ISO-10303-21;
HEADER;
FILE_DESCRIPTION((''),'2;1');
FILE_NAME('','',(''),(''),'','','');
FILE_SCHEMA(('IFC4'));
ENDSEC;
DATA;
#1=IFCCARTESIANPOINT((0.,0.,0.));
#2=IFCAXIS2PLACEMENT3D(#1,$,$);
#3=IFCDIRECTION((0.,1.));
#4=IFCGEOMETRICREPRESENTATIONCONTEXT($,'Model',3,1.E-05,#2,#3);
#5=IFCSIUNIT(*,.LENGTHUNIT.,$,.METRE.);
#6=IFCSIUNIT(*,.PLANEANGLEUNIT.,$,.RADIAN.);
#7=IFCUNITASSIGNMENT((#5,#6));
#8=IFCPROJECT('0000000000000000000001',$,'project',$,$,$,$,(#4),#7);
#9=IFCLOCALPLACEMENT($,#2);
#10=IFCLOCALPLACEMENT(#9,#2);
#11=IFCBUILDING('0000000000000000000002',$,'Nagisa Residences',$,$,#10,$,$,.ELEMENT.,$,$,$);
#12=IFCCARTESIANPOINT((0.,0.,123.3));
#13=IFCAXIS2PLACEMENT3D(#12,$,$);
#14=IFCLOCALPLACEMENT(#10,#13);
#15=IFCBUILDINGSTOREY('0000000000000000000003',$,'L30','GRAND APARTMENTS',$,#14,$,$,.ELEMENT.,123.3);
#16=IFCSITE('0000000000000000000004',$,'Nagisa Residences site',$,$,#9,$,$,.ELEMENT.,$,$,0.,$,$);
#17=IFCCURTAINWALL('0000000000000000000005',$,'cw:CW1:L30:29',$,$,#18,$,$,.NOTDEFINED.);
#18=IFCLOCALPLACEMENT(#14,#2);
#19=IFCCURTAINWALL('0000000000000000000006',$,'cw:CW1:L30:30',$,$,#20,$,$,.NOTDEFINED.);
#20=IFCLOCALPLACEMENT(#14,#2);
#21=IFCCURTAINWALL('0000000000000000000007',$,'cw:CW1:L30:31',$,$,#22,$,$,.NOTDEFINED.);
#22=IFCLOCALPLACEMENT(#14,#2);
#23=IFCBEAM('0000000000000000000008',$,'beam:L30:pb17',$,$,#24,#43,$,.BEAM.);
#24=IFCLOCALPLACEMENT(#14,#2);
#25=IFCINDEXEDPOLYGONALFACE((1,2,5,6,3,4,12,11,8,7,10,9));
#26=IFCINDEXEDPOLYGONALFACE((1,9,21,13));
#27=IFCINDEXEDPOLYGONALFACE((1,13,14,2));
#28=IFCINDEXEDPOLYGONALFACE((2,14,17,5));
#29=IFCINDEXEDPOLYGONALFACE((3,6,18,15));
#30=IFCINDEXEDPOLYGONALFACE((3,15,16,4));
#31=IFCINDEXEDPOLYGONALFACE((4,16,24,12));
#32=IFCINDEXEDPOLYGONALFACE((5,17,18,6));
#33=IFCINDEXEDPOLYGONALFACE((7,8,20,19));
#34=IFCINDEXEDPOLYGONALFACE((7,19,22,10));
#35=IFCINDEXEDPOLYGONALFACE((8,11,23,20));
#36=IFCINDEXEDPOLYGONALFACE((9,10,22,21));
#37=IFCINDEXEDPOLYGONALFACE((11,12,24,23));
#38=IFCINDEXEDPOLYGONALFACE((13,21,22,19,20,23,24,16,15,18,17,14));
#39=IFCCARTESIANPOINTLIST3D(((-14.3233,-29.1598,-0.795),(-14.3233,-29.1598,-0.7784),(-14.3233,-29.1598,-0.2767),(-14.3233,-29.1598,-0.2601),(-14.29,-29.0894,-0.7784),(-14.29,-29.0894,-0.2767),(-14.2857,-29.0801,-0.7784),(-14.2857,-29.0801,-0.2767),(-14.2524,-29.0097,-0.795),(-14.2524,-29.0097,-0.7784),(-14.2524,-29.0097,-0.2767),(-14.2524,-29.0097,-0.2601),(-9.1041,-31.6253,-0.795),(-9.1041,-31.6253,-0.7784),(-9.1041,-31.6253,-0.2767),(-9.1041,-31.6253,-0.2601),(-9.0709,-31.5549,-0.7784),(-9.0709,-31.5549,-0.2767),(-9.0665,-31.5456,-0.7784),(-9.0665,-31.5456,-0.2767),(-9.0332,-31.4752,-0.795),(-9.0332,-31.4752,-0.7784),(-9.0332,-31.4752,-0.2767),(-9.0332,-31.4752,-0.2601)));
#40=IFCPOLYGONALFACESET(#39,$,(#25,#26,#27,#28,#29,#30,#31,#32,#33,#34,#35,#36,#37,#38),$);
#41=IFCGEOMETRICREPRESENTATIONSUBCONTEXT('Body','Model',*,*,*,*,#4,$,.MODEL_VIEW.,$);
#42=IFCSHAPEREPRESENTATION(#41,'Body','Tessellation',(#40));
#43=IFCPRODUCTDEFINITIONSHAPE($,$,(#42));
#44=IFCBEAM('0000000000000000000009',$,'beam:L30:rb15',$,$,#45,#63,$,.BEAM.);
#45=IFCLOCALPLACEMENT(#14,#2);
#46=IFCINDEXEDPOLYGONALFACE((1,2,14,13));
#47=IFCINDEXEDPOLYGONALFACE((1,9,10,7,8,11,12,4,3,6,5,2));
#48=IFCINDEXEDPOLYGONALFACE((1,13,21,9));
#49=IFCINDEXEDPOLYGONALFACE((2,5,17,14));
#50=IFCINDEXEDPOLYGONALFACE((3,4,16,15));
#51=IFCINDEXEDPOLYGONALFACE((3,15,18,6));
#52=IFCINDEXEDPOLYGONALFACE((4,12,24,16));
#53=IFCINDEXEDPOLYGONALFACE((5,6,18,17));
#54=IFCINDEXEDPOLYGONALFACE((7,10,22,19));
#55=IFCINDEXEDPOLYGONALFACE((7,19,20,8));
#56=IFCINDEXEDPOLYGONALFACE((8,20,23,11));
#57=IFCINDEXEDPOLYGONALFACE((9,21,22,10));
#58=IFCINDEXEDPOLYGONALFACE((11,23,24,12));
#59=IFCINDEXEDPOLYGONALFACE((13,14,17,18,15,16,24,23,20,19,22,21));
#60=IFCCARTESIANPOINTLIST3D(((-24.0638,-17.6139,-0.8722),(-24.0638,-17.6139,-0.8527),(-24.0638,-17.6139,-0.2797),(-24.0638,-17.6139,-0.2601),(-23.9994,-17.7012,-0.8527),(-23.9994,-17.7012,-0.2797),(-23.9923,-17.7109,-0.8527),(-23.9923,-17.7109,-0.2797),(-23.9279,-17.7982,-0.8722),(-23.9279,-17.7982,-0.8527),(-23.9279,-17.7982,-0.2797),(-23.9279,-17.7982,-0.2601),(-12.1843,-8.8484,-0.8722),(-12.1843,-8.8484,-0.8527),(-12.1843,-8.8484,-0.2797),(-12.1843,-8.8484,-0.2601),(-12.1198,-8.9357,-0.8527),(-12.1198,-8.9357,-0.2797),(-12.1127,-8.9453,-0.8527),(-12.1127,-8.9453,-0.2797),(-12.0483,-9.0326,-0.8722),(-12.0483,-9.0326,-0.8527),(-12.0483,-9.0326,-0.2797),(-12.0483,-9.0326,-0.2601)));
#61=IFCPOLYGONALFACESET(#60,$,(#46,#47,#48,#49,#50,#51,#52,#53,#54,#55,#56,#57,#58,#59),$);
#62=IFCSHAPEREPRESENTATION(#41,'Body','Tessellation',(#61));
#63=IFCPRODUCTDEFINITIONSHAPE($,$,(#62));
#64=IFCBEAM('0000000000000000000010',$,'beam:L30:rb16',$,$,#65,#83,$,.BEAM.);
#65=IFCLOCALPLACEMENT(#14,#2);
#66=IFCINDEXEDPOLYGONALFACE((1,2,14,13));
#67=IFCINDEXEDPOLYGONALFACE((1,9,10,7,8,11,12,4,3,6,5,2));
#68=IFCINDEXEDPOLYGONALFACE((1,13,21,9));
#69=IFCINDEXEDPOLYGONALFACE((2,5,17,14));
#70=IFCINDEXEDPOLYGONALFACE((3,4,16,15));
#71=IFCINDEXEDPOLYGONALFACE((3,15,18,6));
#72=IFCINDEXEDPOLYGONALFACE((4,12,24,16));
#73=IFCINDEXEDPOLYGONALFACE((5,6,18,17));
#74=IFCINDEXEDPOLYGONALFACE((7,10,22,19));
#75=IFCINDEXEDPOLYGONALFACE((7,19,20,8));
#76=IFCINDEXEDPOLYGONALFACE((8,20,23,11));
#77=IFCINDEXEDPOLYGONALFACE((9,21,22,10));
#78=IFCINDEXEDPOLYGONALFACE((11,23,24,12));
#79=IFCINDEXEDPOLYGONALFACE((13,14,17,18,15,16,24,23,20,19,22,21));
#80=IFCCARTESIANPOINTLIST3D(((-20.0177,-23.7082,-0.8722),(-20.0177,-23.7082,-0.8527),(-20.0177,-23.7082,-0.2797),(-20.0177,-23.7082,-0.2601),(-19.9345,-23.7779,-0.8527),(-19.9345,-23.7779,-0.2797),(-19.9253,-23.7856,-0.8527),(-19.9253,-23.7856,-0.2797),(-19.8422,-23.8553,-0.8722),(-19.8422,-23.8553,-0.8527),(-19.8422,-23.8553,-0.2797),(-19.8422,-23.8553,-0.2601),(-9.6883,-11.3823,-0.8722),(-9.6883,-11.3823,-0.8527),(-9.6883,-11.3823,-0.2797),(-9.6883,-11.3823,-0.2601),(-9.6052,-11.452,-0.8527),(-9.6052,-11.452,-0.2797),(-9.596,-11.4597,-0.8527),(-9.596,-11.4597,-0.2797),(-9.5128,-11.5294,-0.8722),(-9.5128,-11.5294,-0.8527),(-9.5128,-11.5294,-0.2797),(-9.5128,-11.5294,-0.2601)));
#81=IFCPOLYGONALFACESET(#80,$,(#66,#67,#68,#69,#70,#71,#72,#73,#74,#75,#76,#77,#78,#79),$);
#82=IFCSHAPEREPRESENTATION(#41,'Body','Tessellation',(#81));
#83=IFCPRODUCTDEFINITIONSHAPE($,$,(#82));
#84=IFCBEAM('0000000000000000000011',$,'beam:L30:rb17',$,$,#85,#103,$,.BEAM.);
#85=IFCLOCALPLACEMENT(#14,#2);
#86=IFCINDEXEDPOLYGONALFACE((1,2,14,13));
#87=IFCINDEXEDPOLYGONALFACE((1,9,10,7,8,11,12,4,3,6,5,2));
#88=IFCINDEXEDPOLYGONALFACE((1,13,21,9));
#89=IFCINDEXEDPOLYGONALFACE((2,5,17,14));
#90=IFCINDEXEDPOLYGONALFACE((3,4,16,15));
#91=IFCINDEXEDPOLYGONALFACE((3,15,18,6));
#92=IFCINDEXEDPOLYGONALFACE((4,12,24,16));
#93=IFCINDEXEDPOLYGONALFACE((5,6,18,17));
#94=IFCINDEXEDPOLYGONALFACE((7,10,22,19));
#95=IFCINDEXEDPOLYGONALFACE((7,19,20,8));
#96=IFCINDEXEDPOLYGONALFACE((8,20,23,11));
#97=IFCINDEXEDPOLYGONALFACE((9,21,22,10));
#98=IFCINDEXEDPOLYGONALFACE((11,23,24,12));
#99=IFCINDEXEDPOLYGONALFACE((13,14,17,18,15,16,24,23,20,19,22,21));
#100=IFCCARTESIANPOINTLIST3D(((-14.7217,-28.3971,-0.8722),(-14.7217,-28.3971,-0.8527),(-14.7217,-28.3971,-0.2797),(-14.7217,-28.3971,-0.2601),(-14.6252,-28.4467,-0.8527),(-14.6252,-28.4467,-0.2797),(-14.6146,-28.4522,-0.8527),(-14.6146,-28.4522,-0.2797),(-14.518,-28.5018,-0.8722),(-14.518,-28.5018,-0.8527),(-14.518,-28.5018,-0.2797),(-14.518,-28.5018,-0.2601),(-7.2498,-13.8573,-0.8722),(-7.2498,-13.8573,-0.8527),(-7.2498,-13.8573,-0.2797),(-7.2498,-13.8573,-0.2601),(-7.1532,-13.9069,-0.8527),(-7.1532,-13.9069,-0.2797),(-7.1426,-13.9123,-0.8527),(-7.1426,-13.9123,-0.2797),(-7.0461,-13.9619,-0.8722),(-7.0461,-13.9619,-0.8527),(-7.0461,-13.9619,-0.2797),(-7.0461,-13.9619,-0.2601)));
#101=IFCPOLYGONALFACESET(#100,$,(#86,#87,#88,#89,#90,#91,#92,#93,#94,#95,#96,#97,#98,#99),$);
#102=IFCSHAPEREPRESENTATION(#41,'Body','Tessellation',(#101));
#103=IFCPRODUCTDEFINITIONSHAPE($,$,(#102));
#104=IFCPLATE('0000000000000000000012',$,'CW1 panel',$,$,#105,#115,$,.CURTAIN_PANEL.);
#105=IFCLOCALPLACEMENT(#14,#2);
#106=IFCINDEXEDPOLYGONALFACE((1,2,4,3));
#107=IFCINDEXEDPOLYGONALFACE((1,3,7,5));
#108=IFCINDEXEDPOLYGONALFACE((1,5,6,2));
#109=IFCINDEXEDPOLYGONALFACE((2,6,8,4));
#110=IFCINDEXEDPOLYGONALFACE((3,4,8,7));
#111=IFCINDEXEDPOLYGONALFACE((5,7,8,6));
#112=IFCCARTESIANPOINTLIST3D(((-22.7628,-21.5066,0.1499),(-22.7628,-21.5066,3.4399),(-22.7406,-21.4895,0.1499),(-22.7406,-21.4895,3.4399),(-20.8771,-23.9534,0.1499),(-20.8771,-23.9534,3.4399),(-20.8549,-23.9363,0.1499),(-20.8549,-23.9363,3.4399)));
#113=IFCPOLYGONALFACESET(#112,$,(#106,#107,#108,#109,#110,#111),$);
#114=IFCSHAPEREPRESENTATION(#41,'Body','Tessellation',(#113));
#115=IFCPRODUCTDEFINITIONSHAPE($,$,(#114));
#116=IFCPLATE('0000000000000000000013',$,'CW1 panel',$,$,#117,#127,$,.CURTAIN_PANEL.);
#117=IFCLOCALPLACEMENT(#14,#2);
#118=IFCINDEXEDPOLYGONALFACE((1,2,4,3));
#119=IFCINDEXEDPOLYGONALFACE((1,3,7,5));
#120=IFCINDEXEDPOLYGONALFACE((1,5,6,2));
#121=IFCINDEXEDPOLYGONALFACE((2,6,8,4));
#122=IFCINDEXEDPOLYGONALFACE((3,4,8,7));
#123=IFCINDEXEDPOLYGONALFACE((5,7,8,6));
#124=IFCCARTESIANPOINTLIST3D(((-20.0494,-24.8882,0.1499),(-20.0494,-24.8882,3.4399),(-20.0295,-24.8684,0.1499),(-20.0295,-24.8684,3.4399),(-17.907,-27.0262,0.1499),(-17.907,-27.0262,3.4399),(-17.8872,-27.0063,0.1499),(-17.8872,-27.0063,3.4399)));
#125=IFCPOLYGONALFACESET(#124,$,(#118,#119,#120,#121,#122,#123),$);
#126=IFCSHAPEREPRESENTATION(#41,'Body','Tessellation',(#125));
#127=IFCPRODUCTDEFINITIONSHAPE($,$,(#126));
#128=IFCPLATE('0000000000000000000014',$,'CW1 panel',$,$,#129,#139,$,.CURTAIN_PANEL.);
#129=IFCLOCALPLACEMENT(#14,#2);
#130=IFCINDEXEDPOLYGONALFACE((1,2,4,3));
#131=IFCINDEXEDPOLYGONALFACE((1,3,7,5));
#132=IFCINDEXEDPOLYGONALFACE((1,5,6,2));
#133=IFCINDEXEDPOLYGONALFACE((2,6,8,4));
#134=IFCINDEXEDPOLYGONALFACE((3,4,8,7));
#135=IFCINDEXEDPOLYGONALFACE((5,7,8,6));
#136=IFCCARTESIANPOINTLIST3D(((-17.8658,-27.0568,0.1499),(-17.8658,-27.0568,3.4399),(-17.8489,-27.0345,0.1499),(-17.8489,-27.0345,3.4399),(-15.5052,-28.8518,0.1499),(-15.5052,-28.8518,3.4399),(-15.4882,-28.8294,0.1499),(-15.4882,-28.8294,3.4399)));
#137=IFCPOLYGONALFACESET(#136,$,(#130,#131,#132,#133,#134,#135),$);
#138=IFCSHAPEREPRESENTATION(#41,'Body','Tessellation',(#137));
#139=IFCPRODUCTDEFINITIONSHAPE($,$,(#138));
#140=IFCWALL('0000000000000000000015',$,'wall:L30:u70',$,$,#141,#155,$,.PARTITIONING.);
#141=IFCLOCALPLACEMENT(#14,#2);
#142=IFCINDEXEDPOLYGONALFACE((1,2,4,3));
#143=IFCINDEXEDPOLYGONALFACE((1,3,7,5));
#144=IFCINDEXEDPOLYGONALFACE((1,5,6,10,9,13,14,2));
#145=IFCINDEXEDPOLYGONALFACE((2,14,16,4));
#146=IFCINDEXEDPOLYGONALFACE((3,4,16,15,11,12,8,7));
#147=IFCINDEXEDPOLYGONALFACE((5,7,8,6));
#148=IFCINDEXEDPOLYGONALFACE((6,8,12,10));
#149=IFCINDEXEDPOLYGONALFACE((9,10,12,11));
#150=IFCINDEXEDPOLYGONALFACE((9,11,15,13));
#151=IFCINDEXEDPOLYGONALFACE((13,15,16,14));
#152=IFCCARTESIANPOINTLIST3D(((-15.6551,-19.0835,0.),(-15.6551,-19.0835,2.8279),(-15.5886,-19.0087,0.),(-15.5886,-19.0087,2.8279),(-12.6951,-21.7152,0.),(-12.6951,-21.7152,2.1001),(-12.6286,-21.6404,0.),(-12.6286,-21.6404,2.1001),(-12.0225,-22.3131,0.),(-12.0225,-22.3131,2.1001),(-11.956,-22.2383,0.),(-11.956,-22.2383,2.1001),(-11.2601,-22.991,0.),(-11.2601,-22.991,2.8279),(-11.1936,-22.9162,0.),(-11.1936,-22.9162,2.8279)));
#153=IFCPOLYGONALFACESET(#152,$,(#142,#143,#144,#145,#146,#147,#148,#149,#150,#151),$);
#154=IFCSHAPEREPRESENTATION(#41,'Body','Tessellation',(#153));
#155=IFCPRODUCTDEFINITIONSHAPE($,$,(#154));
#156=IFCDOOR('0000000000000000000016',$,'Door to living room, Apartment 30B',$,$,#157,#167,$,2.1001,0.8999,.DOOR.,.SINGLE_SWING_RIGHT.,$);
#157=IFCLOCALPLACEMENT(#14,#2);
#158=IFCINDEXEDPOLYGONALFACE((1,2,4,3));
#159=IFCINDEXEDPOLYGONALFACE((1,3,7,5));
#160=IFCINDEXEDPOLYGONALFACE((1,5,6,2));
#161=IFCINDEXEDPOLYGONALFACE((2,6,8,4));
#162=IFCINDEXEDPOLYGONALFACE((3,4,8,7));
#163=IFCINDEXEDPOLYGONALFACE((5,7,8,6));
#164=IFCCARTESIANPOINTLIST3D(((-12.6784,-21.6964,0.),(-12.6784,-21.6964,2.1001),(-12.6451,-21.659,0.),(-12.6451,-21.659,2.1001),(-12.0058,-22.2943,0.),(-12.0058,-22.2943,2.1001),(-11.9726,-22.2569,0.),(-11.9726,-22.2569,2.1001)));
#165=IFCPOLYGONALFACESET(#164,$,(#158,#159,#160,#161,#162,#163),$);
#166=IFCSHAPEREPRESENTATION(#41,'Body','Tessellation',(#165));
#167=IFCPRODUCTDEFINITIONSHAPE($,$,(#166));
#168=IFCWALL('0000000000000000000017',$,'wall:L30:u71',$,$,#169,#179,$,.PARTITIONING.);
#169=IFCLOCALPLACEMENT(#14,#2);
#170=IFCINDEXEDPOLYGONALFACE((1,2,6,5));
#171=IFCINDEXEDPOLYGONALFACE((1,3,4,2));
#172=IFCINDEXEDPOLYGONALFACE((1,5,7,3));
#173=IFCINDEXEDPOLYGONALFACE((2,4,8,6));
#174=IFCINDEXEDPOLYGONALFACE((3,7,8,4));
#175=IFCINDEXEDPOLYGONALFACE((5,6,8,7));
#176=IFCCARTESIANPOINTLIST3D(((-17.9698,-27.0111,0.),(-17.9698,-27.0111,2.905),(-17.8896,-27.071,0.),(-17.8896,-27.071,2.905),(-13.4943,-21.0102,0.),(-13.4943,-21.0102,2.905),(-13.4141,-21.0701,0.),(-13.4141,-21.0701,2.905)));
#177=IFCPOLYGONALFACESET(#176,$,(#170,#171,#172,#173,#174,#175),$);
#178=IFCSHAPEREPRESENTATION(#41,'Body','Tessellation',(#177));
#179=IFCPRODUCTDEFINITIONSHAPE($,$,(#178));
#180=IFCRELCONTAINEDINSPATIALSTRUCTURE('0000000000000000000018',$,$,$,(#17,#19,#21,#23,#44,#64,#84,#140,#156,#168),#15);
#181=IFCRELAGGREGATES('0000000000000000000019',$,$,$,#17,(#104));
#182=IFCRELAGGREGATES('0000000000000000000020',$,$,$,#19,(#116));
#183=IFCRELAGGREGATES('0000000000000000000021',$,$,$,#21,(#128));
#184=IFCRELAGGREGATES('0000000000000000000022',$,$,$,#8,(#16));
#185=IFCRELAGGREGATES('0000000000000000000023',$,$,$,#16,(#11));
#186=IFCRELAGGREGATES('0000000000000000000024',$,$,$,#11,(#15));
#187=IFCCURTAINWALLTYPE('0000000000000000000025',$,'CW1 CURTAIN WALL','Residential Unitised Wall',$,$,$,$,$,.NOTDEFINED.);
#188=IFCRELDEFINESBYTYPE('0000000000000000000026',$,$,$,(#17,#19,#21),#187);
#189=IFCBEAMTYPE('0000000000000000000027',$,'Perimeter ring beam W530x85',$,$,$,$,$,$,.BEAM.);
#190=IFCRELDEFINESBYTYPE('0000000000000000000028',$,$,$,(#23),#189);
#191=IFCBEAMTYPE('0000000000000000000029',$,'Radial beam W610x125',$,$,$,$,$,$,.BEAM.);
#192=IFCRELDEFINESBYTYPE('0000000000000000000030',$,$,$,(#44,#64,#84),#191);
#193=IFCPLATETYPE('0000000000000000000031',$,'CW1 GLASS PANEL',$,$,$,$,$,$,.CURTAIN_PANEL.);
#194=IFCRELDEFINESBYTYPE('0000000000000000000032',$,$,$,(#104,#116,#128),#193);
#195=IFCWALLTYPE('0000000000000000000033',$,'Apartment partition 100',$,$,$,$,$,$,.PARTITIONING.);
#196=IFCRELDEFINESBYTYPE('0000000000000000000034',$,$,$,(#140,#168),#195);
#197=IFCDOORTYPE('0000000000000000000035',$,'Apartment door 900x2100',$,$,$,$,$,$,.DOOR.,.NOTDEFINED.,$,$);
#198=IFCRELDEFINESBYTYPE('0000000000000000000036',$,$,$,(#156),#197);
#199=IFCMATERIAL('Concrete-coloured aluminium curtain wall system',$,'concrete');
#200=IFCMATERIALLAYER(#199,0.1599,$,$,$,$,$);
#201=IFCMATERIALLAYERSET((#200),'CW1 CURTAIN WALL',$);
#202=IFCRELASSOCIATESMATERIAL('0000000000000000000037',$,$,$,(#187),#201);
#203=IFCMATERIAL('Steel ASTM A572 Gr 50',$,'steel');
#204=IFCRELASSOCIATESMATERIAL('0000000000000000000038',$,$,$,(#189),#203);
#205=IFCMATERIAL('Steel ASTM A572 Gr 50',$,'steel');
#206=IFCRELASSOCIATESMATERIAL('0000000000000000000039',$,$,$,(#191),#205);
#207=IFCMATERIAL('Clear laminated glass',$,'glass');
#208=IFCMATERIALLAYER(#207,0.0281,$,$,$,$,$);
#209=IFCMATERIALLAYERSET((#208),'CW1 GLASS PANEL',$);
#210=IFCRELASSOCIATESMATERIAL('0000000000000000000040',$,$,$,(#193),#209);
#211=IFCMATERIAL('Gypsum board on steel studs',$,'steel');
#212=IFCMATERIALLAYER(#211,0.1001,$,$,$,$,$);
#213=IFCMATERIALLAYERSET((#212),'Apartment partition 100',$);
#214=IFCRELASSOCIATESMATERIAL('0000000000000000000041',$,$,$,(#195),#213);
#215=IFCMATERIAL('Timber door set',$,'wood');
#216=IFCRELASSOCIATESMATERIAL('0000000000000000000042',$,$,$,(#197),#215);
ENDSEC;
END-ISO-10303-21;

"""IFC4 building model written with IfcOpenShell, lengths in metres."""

from ifc_helpers import new_model, si_unit, direction, frame, frame_2d, origin, origin_2d, place, context, subcontext, project, spatial, rectangle, i_section, extrude, material, layer, layer_set, material_profile, profile_set, type_object, element, fill, aggregate, save


model = new_model("IFC4")

# Units and contexts
model_context = context("Model", 3, precision=1e-05, world=origin(), true_north=direction((0.0, 1.0)))
body_context = subcontext(model_context, "Body", "Model", "MODEL_VIEW")
ifc_project = project(units=[si_unit("LENGTHUNIT", "METRE"), si_unit("PLANEANGLEUNIT", "RADIAN")], contexts=[model_context])

# Site, building, storey
site_placement = place(None, origin())
site = spatial("IfcSite", under=ifc_project, at=site_placement, Name="Nagisa Residences site", CompositionType="ELEMENT", RefElevation=0.0)
building_placement = place(site_placement, origin())
building = spatial("IfcBuilding", under=site, at=building_placement, Name="Nagisa Residences", CompositionType="ELEMENT")
storey_placement = place(building_placement, frame((0.0, 0.0, 123.3)))
storey = spatial("IfcBuildingStorey", under=building, at=storey_placement, Name="L30", Description="GRAND APARTMENTS", CompositionType="ELEMENT", Elevation=123.3)

# Curtain walls
ifc_material_1 = material(Name="Concrete-coloured aluminium curtain wall system", Category="concrete")
ifc_layer_1 = layer(ifc_material_1, 0.1599)
ifc_layer_set_1 = layer_set([ifc_layer_1], Name="CW1 CURTAIN WALL")
curtain_wall_type = type_object("IfcCurtainWallType", Name="CW1 CURTAIN WALL", Description="Residential Unitised Wall", PredefinedType="NOTDEFINED", material=ifc_layer_set_1)
curtain_wall_1_placement = place(storey_placement, origin())
curtain_wall_1 = element("IfcCurtainWall", 1, at=curtain_wall_1_placement, inside=storey, type_object=curtain_wall_type, Name="cw:CW1:L30:29", PredefinedType="NOTDEFINED")
curtain_wall_2_placement = place(storey_placement, origin())
curtain_wall_2 = element("IfcCurtainWall", 2, at=curtain_wall_2_placement, inside=storey, type_object=curtain_wall_type, Name="cw:CW1:L30:30", PredefinedType="NOTDEFINED")
curtain_wall_3_placement = place(storey_placement, origin())
curtain_wall_3 = element("IfcCurtainWall", 3, at=curtain_wall_3_placement, inside=storey, type_object=curtain_wall_type, Name="cw:CW1:L30:31", PredefinedType="NOTDEFINED")

# Beams
ifc_material_2 = material(Name="Steel ASTM A572 Gr 50", Category="steel")
ifc_material_profile_1 = material_profile(ifc_material_2, i_section(OverallWidth=0.166, OverallDepth=0.5349, WebThickness=0.0103, FlangeThickness=0.0166, at=origin_2d()), Name="W530x85")
ifc_profile_set_1 = profile_set([ifc_material_profile_1], Name="Steel ASTM A572 Gr 50")
beam_type_1 = type_object("IfcBeamType", Name="Perimeter ring beam W530x85", PredefinedType="BEAM", material=ifc_profile_set_1)
beam_1_placement = place(storey_placement, frame((-14.2878, -29.0847, -0.5276), z_axis=(0.904186, -0.427139, 0.0), x_axis=(0.427139, 0.904186, 0.0)))
element("IfcBeam", 4, at=beam_1_placement, inside=storey, type_object=beam_type_1, Name="beam:L30:pb17", PredefinedType="BEAM", context=body_context, shape_type="SweptSolid", body=[
    extrude(i_section(OverallWidth=0.166, OverallDepth=0.5349, WebThickness=0.0103, FlangeThickness=0.0166, at=origin_2d()), origin(), (0.0, 0.0, 1.0), 5.7722),
])
ifc_material_3 = material(Name="Steel ASTM A572 Gr 50", Category="steel")
ifc_material_profile_2 = material_profile(ifc_material_3, i_section(OverallWidth=0.229, OverallDepth=0.6121, WebThickness=0.012, FlangeThickness=0.0195, at=origin_2d()), Name="W610x125")
ifc_profile_set_2 = profile_set([ifc_material_profile_2], Name="Steel ASTM A572 Gr 50")
beam_type_2 = type_object("IfcBeamType", Name="Radial beam W610x125", PredefinedType="BEAM", material=ifc_profile_set_2)
beam_2_placement = place(storey_placement, frame((-23.9958, -17.7061, -0.5662), z_axis=(0.804661, 0.593735, 0.0), x_axis=(-0.593735, 0.804661, 0.0)))
element("IfcBeam", 5, at=beam_2_placement, inside=storey, type_object=beam_type_2, Name="beam:L30:rb15", PredefinedType="BEAM", context=body_context, shape_type="SweptSolid", body=[
    extrude(i_section(OverallWidth=0.229, OverallDepth=0.6121, WebThickness=0.012, FlangeThickness=0.0195, at=origin_2d()), origin(), (0.0, 0.0, 1.0), 14.7634),
])
beam_3_placement = place(storey_placement, frame((-19.9299, -23.7817, -0.5662), z_axis=(0.642301, 0.766453, 0.0), x_axis=(-0.766453, 0.642301, 0.0)))
element("IfcBeam", 6, at=beam_3_placement, inside=storey, type_object=beam_type_2, Name="beam:L30:rb16", PredefinedType="BEAM", context=body_context, shape_type="SweptSolid", body=[
    extrude(i_section(OverallWidth=0.229, OverallDepth=0.6121, WebThickness=0.012, FlangeThickness=0.0195, at=origin_2d()), origin(), (0.0, 0.0, 1.0), 16.0818),
])
beam_4_placement = place(storey_placement, frame((-14.6199, -28.4495, -0.5662), z_axis=(0.457073, 0.889429, 0.0), x_axis=(-0.889429, 0.457073, 0.0)))
element("IfcBeam", 7, at=beam_4_placement, inside=storey, type_object=beam_type_2, Name="beam:L30:rb17", PredefinedType="BEAM", context=body_context, shape_type="SweptSolid", body=[
    extrude(i_section(OverallWidth=0.229, OverallDepth=0.6121, WebThickness=0.012, FlangeThickness=0.0195, at=origin_2d()), origin(), (0.0, 0.0, 1.0), 16.3474),
])

# Plates
ifc_material_4 = material(Name="Clear laminated glass", Category="glass")
ifc_layer_2 = layer(ifc_material_4, 0.0281)
ifc_layer_set_2 = layer_set([ifc_layer_2], Name="CW1 GLASS PANEL")
plate_type = type_object("IfcPlateType", Name="CW1 GLASS PANEL", PredefinedType="CURTAIN_PANEL", material=ifc_layer_set_2)
plate_1_placement = place(storey_placement, frame((-21.8088, -22.7214, 0.1499), z_axis=(0.0, 0.0, 1.0), x_axis=(0.61043, -0.79207, 0.0)))
plate_1 = element("IfcPlate", 8, at=plate_1_placement, type_object=plate_type, Name="CW1 panel", PredefinedType="CURTAIN_PANEL", context=body_context, shape_type="SweptSolid", body=[
    extrude(rectangle(XDim=3.0891, YDim=0.0281, at=origin_2d()), origin(), (0.0, 0.0, 1.0), 3.29),
])
aggregate(curtain_wall_1, [plate_1])
plate_2_placement = place(storey_placement, frame((-18.9683, -25.9473, 0.1499), z_axis=(0.0, 0.0, 1.0), x_axis=(0.707836, -0.706377, 0.0)))
plate_2 = element("IfcPlate", 9, at=plate_2_placement, type_object=plate_type, Name="CW1 panel", PredefinedType="CURTAIN_PANEL", context=body_context, shape_type="SweptSolid", body=[
    extrude(rectangle(XDim=3.0266, YDim=0.0281, at=origin_2d()), origin(), (0.0, 0.0, 1.0), 3.29),
])
aggregate(curtain_wall_2, [plate_2])
plate_3_placement = place(storey_placement, frame((-16.677, -27.9431, 0.1499), z_axis=(0.0, 0.0, 1.0), x_axis=(0.796031, -0.605255, 0.0)))
plate_3 = element("IfcPlate", 10, at=plate_3_placement, type_object=plate_type, Name="CW1 panel", PredefinedType="CURTAIN_PANEL", context=body_context, shape_type="SweptSolid", body=[
    extrude(rectangle(XDim=2.9656, YDim=0.0281, at=origin_2d()), origin(), (0.0, 0.0, 1.0), 3.29),
])
aggregate(curtain_wall_3, [plate_3])

# Wall, opening, door
ifc_material_5 = material(Name="Gypsum board on steel studs", Category="steel")
ifc_layer_3 = layer(ifc_material_5, 0.1001)
ifc_layer_set_3 = layer_set([ifc_layer_3], Name="Apartment partition 100")
wall_type_1 = type_object("IfcWallType", Name="Apartment partition 100", PredefinedType="PARTITIONING", material=ifc_layer_set_3)
wall_1_placement = place(storey_placement, frame((-15.6218, -19.0461, 0.0), z_axis=(0.0, 0.0, 1.0), x_axis=(0.747343, -0.664439, 0.0)))
wall_1 = element("IfcWall", 11, at=wall_1_placement, inside=storey, type_object=wall_type_1, Name="wall:L30:u70", PredefinedType="PARTITIONING", context=body_context, shape_type="SweptSolid", body=[
    extrude(rectangle(XDim=5.8809, YDim=0.1001, at=frame_2d((2.9404, 0.0))), origin(), (0.0, 0.0, 1.0), 2.8279),
])
opening_1_placement = place(wall_1_placement, frame((3.9607, 0.0, 0.0)))
opening_1 = element("IfcOpeningElement", 12, at=opening_1_placement, cuts=wall_1, PredefinedType="OPENING", context=body_context, shape_type="SweptSolid", body=[
    extrude(rectangle(XDim=0.8999, YDim=2.1001, at=frame_2d((0.45, 1.05))), frame((0.0, 0.0601, 0.0), z_axis=(0.0, -1.0, 0.0), x_axis=(1.0, 0.0, 0.0)), (0.0, 0.0, 1.0), 0.1201),
])
ifc_material_6 = material(Name="Timber door set", Category="wood")
door_type_1 = type_object("IfcDoorType", Name="Apartment door 900x2100", OperationType="NOTDEFINED", PredefinedType="DOOR", material=ifc_material_6)
door_1_placement = place(opening_1_placement, frame((0.8999, 0.0, 0.0), x_axis=(-1.0, 0.0, 0.0)))
door_1 = element("IfcDoor", 13, at=door_1_placement, inside=storey, type_object=door_type_1, Name="Door to living room, Apartment 30B", OperationType="SINGLE_SWING_RIGHT", OverallHeight=2.1001, OverallWidth=0.8999, PredefinedType="DOOR", context=body_context, shape_type="SweptSolid", body=[
    extrude(rectangle(XDim=0.8999, YDim=2.1001, at=frame_2d((0.45, 1.05))), frame((0.0, 0.0249, 0.0), z_axis=(0.0, -1.0, 0.0), x_axis=(1.0, 0.0, 0.0)), (0.0, 0.0, 1.0), 0.05),
])
fill(opening_1, door_1)

# Wall
wall_2_placement = place(storey_placement, frame((-13.4541, -21.04, 0.0), z_axis=(0.0, 0.0, 1.0), x_axis=(-0.597848, -0.801609, 0.0)))
element("IfcWall", 14, at=wall_2_placement, inside=storey, type_object=wall_type_1, Name="wall:L30:u71", PredefinedType="PARTITIONING", context=body_context, shape_type="SweptSolid", body=[
    extrude(rectangle(XDim=7.4861, YDim=0.1001, at=frame_2d((3.7432, 0.0))), origin(), (0.0, 0.0, 1.0), 2.905),
])

save(model, "model.ifc")
